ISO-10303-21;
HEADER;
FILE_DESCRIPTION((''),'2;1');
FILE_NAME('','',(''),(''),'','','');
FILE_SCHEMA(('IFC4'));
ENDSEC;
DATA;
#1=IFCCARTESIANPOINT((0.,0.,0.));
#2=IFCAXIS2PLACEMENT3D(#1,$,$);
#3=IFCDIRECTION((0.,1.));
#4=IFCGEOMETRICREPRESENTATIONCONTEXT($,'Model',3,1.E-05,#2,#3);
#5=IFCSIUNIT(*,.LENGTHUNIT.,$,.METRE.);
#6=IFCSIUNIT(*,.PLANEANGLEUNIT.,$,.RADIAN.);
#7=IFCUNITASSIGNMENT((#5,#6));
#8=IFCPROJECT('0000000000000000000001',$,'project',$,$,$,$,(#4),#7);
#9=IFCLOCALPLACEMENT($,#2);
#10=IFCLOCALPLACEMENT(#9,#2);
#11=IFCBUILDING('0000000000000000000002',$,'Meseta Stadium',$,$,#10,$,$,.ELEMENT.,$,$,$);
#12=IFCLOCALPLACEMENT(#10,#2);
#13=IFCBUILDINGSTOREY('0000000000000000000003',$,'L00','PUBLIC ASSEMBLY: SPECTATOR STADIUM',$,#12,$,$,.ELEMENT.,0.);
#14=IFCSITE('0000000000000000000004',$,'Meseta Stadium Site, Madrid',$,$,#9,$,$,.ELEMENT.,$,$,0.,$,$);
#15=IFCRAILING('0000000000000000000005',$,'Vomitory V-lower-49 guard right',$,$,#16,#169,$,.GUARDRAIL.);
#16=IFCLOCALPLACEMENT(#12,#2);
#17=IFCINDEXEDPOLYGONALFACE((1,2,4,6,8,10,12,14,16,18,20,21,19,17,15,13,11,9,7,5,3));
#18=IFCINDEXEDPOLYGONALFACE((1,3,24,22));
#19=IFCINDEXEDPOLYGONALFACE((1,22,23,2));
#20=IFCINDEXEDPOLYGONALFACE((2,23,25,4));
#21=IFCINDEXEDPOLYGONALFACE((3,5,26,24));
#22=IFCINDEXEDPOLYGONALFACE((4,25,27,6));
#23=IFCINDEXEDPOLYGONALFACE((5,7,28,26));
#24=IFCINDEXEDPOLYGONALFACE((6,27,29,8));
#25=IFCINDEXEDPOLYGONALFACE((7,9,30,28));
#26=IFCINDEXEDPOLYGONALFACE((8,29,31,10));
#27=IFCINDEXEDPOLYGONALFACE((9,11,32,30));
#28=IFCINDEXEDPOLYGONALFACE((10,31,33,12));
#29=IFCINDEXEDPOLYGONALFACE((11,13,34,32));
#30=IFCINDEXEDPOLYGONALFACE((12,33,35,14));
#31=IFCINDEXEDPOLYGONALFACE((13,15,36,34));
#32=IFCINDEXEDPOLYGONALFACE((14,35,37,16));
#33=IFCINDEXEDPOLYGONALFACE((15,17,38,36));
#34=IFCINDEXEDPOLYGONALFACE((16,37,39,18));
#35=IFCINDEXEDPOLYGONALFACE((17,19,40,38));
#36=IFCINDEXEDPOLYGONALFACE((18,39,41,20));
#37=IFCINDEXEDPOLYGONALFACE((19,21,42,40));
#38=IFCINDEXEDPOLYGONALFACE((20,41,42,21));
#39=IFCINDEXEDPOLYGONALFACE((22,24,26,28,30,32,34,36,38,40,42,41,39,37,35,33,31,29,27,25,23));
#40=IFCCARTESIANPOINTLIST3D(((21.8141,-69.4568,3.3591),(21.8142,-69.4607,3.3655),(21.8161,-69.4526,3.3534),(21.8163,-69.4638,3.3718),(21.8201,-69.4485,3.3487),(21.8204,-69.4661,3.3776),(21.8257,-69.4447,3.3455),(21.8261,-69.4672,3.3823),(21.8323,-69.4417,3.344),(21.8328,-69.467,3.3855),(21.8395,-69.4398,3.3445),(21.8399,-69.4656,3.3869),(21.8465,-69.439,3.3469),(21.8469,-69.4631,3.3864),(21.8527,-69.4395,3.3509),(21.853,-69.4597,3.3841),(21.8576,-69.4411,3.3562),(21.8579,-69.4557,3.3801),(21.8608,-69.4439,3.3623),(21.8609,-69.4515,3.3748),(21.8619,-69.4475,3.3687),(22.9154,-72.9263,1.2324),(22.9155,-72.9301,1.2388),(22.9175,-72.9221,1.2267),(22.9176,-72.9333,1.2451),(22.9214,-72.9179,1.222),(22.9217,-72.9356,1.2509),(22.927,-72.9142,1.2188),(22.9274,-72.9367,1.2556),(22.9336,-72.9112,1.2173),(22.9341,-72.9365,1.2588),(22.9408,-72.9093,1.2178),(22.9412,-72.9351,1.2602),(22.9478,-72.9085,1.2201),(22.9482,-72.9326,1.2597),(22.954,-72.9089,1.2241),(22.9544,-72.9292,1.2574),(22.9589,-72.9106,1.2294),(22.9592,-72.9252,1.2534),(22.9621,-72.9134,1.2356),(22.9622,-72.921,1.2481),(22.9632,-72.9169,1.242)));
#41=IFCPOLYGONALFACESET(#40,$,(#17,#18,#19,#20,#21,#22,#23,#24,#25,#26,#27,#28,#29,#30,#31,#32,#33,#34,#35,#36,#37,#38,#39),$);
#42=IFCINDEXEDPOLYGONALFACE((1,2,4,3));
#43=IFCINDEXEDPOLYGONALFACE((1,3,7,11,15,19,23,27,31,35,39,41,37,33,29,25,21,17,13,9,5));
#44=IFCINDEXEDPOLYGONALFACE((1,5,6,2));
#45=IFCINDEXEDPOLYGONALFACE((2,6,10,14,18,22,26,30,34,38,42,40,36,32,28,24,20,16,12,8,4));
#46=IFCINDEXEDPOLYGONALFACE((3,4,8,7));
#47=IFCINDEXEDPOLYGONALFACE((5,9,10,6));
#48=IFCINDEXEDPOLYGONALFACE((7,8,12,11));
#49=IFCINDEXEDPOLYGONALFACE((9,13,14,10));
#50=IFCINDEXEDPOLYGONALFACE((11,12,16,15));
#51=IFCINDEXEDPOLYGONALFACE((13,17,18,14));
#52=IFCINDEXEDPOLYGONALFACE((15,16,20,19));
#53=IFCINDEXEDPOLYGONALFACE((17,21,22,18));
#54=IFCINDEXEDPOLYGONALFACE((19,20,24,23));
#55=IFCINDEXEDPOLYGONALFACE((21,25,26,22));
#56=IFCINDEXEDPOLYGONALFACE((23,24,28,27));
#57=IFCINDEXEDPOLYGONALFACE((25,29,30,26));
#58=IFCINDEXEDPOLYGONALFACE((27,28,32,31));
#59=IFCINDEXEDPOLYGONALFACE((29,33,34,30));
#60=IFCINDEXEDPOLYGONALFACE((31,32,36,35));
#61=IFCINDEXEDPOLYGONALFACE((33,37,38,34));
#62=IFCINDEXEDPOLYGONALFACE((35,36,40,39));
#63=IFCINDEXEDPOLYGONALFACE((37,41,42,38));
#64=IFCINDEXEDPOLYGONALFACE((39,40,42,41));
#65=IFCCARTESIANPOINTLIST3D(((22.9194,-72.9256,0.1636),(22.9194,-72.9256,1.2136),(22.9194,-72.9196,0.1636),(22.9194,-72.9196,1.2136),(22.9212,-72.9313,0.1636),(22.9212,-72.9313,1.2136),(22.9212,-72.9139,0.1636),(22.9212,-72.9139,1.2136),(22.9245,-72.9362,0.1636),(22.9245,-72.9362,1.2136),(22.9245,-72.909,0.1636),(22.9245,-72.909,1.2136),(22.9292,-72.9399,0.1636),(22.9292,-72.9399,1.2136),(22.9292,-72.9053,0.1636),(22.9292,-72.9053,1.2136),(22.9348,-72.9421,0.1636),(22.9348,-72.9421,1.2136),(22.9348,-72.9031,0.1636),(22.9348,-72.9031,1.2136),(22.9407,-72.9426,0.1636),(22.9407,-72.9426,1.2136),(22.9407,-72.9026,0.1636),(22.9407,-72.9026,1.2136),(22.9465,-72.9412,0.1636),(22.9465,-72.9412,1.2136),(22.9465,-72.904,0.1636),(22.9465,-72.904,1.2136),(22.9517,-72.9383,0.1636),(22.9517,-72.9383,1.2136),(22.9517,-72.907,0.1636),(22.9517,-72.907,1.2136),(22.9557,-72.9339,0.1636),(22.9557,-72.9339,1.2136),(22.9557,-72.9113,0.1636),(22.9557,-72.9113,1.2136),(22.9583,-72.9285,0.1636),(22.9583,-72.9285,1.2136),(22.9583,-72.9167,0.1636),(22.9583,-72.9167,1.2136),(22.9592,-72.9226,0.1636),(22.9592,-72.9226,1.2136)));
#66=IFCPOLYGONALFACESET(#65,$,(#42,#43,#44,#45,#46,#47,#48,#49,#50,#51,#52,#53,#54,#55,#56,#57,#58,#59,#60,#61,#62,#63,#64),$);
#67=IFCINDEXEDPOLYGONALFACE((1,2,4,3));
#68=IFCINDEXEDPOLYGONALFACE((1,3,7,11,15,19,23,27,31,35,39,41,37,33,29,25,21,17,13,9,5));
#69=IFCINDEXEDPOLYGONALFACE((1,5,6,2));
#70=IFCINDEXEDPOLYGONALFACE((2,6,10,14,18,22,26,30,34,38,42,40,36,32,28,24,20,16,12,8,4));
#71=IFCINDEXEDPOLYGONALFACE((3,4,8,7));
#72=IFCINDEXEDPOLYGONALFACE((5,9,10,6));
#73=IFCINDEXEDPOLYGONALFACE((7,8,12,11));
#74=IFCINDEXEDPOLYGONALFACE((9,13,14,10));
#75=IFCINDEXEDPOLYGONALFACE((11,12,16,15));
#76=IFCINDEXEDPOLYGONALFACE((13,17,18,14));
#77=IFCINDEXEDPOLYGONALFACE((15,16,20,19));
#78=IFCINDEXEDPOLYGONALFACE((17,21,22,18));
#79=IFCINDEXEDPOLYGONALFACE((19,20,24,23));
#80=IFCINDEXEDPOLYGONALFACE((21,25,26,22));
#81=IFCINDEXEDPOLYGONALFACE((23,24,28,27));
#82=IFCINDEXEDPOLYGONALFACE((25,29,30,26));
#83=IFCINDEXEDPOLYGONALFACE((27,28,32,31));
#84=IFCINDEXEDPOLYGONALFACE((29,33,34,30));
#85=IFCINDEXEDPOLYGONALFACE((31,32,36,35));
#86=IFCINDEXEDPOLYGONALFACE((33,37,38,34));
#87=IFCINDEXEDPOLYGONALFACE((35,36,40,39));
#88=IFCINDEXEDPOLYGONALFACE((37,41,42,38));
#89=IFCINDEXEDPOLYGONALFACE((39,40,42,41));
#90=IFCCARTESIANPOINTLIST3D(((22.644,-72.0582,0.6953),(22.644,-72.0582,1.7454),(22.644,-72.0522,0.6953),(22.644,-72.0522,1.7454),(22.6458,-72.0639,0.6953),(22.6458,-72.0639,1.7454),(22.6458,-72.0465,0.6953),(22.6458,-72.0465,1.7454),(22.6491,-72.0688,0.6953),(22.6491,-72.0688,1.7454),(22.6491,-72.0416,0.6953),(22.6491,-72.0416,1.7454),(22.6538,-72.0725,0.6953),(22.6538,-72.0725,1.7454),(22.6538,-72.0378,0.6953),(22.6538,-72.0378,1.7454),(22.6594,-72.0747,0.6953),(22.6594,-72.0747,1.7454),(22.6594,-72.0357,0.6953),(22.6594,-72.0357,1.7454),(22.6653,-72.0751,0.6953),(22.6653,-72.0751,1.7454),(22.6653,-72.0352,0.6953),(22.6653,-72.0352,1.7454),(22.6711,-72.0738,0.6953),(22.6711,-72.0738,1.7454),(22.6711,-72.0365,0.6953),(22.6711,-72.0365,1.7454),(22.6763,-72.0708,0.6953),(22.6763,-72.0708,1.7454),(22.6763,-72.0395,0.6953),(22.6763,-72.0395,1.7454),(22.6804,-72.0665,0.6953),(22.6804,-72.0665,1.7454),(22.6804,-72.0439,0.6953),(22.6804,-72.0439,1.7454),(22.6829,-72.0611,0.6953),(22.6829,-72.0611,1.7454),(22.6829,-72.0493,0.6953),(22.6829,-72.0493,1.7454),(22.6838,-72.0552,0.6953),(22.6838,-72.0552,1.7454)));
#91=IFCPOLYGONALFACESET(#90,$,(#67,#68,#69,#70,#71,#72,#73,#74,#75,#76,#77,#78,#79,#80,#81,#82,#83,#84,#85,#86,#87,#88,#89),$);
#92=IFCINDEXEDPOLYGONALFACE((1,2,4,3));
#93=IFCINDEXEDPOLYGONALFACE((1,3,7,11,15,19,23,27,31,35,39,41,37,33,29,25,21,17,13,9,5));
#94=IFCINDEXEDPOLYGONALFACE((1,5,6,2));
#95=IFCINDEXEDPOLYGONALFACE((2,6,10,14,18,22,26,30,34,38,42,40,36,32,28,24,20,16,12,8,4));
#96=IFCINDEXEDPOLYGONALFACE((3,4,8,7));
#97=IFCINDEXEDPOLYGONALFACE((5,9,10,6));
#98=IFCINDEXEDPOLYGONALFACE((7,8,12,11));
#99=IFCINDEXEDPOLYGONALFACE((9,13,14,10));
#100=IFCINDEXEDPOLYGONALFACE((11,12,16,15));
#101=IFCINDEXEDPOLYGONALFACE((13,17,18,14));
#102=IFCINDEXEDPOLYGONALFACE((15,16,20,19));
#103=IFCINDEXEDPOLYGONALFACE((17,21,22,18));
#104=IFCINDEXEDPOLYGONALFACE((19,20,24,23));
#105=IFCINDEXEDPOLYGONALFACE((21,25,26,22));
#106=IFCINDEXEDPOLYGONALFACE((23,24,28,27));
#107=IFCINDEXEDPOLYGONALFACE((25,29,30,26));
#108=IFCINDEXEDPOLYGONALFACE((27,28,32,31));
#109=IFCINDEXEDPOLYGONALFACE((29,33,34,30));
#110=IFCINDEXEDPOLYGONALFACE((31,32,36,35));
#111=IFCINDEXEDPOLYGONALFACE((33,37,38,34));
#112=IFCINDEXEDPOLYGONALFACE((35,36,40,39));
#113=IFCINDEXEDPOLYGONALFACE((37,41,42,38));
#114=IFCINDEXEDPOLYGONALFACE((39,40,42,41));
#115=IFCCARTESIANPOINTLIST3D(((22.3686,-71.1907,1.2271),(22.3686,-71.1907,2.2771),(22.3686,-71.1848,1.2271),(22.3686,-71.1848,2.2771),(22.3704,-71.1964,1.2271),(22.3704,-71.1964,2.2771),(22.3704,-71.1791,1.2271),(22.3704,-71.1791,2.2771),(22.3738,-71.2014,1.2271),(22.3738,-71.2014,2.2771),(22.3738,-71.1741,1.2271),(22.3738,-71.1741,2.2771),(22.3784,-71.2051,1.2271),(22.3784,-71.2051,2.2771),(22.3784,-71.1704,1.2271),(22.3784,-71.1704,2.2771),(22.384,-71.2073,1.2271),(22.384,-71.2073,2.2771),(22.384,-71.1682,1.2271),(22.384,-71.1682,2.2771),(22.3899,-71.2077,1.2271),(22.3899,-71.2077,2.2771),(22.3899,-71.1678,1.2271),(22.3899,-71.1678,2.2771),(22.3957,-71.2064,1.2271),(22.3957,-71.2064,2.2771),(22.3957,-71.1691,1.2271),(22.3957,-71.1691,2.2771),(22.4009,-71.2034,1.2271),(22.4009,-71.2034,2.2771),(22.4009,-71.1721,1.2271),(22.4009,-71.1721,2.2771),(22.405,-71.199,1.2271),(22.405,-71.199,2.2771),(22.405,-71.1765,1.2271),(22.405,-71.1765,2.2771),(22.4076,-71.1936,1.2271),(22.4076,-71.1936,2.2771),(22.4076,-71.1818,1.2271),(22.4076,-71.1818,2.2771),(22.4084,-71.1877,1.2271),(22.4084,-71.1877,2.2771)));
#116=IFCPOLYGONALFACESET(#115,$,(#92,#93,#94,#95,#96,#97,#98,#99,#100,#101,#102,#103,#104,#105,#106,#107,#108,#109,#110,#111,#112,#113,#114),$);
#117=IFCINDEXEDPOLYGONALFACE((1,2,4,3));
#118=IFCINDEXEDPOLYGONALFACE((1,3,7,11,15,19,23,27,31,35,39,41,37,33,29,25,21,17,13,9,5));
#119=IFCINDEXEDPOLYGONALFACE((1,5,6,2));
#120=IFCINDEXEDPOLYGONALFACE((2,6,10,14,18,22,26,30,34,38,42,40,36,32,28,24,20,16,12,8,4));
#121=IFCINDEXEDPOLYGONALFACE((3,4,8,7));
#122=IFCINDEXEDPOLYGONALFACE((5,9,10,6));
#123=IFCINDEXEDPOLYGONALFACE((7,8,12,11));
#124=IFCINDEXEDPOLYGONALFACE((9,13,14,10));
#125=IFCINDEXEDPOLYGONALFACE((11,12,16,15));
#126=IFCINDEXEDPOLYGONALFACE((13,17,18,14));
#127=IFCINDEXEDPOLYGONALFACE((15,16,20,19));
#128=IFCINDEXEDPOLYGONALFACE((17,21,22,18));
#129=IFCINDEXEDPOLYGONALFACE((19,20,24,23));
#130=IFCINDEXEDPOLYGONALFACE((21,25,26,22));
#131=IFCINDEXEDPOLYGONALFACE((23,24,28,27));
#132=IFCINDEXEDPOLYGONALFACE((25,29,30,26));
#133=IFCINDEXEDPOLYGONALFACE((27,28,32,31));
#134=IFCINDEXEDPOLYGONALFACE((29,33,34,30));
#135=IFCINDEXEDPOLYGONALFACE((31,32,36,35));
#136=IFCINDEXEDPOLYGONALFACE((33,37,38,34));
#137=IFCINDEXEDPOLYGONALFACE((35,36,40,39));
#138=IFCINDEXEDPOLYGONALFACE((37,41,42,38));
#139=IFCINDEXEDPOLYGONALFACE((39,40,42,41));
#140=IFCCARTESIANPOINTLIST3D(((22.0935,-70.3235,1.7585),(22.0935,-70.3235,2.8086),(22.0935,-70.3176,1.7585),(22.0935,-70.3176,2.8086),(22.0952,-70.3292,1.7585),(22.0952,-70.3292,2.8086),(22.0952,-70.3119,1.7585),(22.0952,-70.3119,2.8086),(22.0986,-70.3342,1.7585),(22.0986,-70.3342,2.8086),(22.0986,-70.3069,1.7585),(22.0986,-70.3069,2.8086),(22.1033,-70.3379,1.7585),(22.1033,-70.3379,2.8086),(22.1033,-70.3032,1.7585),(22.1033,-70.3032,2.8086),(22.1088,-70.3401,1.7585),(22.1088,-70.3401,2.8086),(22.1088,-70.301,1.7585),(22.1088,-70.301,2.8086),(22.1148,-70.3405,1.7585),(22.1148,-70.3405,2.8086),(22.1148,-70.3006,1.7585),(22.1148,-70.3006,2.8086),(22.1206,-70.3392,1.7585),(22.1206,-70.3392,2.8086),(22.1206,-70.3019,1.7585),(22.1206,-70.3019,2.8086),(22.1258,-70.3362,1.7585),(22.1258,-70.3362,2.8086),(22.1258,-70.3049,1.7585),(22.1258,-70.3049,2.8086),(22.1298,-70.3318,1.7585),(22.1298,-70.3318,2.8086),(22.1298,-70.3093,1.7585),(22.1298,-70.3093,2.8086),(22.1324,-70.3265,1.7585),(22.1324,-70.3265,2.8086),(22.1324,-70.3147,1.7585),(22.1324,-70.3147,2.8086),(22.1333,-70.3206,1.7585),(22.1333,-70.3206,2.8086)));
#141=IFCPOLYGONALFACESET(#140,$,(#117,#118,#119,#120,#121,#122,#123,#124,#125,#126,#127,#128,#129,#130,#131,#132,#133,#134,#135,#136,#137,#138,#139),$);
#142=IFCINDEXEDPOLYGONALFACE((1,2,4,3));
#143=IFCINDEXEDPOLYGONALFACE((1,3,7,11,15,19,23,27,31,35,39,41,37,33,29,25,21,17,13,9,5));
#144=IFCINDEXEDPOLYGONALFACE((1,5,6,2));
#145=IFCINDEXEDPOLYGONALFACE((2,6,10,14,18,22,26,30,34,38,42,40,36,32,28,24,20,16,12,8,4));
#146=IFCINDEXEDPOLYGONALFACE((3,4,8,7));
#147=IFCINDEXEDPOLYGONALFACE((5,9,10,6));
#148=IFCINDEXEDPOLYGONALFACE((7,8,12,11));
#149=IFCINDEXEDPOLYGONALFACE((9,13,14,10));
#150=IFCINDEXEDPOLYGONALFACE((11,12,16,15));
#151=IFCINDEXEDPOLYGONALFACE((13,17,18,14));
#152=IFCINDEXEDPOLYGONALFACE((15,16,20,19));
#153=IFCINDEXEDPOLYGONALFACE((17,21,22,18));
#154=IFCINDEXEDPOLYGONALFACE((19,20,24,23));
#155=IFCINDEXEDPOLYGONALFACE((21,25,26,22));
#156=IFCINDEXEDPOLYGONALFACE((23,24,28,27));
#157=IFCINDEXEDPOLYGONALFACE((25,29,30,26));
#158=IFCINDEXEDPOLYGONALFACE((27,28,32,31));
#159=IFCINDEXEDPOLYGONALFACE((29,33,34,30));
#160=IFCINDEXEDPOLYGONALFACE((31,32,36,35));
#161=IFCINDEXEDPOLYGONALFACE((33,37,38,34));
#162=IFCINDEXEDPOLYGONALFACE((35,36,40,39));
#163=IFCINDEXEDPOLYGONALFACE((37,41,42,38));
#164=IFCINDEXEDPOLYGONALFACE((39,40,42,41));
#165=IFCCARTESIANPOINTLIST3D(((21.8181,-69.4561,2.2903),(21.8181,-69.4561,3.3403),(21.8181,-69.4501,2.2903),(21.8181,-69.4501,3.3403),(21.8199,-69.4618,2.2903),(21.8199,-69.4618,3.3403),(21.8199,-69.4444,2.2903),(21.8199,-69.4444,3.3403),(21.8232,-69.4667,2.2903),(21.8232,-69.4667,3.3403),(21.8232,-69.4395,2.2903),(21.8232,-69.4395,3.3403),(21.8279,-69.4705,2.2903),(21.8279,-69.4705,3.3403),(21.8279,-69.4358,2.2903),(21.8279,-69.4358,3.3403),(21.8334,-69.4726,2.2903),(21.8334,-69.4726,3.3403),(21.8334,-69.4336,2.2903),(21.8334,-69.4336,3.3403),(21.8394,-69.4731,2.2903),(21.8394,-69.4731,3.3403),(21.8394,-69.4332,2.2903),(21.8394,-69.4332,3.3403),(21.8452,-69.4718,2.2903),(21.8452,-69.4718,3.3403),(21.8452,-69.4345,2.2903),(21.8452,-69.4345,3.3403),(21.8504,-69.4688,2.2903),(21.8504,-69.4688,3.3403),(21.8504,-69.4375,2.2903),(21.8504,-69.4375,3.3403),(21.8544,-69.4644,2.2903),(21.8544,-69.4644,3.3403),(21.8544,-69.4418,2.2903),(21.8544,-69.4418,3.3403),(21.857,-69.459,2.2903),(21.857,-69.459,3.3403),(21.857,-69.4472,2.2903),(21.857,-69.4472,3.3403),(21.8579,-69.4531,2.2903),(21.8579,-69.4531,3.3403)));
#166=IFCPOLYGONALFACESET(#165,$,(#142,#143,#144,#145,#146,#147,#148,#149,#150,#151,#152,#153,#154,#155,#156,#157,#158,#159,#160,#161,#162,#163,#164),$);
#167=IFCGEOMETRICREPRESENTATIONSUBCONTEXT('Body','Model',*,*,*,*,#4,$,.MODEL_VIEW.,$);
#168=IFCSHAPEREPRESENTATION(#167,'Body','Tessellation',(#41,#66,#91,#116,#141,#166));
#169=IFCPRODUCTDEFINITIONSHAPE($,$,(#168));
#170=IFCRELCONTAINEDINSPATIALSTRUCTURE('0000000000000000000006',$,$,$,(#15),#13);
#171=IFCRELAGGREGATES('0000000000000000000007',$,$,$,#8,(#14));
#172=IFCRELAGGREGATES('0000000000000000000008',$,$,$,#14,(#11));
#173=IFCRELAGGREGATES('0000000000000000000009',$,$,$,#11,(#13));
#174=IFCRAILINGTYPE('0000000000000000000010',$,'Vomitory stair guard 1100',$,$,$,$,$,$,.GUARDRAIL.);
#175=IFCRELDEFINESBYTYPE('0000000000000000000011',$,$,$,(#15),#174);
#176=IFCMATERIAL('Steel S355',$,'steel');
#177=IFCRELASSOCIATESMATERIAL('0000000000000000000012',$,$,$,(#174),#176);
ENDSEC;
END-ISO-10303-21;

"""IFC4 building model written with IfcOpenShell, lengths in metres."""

from ifc_helpers import new_model, si_unit, direction, frame, origin, origin_2d, place, context, subcontext, project, spatial, circle, extrude, material, type_object, element, save


model = new_model("IFC4")

# Units and contexts
model_context = context("Model", 3, precision=1e-05, world=origin(), true_north=direction((0.0, 1.0)))
body_context = subcontext(model_context, "Body", "Model", "MODEL_VIEW")
ifc_project = project(units=[si_unit("LENGTHUNIT", "METRE"), si_unit("PLANEANGLEUNIT", "RADIAN")], contexts=[model_context])

# Site, building, storey
site_placement = place(None, origin())
site = spatial("IfcSite", under=ifc_project, at=site_placement, Name="Meseta Stadium Site, Madrid", CompositionType="ELEMENT", RefElevation=0.0)
building_placement = place(site_placement, origin())
building = spatial("IfcBuilding", under=site, at=building_placement, Name="Meseta Stadium", CompositionType="ELEMENT")
storey_placement = place(building_placement, origin())
storey = spatial("IfcBuildingStorey", under=building, at=storey_placement, Name="L00", Description="PUBLIC ASSEMBLY: SPECTATOR STADIUM", CompositionType="ELEMENT", Elevation=0.0)

# Railing
ifc_material_1 = material(Name="Steel S355", Category="steel")
railing_type_1 = type_object("IfcRailingType", Name="Vomitory stair guard 1100", PredefinedType="GUARDRAIL", material=ifc_material_1)
railing_1_placement = place(storey_placement, frame((22.9392, -72.9226, 0.1636)))
element("IfcRailing", 1, at=railing_1_placement, inside=storey, type_object=railing_type_1, Name="Vomitory V-lower-49 guard right", PredefinedType="GUARDRAIL", context=body_context, shape_type="SweptSolid", body=[
    extrude(circle(Radius=0.0249, at=origin_2d()), frame((0.0, 0.0, 1.0752), z_axis=(-0.261235, 0.822968, 0.50446), x_axis=(-0.953133, -0.302553, 0.0)), (0.0, 0.0, 1.0), 4.2158),
    extrude(circle(Radius=0.02, at=origin_2d()), origin(), (0.0, 0.0, 1.0), 1.05),
    extrude(circle(Radius=0.02, at=origin_2d()), frame((-0.2754, 0.8674, 0.5317)), (0.0, 0.0, 1.0), 1.05),
    extrude(circle(Radius=0.02, at=origin_2d()), frame((-0.5508, 1.7349, 1.0635)), (0.0, 0.0, 1.0), 1.05),
    extrude(circle(Radius=0.02, at=origin_2d()), frame((-0.8259, 2.6021, 1.595)), (0.0, 0.0, 1.0), 1.05),
    extrude(circle(Radius=0.02, at=origin_2d()), frame((-1.1013, 3.4695, 2.1267)), (0.0, 0.0, 1.0), 1.05),
])

save(model, "model.ifc")
